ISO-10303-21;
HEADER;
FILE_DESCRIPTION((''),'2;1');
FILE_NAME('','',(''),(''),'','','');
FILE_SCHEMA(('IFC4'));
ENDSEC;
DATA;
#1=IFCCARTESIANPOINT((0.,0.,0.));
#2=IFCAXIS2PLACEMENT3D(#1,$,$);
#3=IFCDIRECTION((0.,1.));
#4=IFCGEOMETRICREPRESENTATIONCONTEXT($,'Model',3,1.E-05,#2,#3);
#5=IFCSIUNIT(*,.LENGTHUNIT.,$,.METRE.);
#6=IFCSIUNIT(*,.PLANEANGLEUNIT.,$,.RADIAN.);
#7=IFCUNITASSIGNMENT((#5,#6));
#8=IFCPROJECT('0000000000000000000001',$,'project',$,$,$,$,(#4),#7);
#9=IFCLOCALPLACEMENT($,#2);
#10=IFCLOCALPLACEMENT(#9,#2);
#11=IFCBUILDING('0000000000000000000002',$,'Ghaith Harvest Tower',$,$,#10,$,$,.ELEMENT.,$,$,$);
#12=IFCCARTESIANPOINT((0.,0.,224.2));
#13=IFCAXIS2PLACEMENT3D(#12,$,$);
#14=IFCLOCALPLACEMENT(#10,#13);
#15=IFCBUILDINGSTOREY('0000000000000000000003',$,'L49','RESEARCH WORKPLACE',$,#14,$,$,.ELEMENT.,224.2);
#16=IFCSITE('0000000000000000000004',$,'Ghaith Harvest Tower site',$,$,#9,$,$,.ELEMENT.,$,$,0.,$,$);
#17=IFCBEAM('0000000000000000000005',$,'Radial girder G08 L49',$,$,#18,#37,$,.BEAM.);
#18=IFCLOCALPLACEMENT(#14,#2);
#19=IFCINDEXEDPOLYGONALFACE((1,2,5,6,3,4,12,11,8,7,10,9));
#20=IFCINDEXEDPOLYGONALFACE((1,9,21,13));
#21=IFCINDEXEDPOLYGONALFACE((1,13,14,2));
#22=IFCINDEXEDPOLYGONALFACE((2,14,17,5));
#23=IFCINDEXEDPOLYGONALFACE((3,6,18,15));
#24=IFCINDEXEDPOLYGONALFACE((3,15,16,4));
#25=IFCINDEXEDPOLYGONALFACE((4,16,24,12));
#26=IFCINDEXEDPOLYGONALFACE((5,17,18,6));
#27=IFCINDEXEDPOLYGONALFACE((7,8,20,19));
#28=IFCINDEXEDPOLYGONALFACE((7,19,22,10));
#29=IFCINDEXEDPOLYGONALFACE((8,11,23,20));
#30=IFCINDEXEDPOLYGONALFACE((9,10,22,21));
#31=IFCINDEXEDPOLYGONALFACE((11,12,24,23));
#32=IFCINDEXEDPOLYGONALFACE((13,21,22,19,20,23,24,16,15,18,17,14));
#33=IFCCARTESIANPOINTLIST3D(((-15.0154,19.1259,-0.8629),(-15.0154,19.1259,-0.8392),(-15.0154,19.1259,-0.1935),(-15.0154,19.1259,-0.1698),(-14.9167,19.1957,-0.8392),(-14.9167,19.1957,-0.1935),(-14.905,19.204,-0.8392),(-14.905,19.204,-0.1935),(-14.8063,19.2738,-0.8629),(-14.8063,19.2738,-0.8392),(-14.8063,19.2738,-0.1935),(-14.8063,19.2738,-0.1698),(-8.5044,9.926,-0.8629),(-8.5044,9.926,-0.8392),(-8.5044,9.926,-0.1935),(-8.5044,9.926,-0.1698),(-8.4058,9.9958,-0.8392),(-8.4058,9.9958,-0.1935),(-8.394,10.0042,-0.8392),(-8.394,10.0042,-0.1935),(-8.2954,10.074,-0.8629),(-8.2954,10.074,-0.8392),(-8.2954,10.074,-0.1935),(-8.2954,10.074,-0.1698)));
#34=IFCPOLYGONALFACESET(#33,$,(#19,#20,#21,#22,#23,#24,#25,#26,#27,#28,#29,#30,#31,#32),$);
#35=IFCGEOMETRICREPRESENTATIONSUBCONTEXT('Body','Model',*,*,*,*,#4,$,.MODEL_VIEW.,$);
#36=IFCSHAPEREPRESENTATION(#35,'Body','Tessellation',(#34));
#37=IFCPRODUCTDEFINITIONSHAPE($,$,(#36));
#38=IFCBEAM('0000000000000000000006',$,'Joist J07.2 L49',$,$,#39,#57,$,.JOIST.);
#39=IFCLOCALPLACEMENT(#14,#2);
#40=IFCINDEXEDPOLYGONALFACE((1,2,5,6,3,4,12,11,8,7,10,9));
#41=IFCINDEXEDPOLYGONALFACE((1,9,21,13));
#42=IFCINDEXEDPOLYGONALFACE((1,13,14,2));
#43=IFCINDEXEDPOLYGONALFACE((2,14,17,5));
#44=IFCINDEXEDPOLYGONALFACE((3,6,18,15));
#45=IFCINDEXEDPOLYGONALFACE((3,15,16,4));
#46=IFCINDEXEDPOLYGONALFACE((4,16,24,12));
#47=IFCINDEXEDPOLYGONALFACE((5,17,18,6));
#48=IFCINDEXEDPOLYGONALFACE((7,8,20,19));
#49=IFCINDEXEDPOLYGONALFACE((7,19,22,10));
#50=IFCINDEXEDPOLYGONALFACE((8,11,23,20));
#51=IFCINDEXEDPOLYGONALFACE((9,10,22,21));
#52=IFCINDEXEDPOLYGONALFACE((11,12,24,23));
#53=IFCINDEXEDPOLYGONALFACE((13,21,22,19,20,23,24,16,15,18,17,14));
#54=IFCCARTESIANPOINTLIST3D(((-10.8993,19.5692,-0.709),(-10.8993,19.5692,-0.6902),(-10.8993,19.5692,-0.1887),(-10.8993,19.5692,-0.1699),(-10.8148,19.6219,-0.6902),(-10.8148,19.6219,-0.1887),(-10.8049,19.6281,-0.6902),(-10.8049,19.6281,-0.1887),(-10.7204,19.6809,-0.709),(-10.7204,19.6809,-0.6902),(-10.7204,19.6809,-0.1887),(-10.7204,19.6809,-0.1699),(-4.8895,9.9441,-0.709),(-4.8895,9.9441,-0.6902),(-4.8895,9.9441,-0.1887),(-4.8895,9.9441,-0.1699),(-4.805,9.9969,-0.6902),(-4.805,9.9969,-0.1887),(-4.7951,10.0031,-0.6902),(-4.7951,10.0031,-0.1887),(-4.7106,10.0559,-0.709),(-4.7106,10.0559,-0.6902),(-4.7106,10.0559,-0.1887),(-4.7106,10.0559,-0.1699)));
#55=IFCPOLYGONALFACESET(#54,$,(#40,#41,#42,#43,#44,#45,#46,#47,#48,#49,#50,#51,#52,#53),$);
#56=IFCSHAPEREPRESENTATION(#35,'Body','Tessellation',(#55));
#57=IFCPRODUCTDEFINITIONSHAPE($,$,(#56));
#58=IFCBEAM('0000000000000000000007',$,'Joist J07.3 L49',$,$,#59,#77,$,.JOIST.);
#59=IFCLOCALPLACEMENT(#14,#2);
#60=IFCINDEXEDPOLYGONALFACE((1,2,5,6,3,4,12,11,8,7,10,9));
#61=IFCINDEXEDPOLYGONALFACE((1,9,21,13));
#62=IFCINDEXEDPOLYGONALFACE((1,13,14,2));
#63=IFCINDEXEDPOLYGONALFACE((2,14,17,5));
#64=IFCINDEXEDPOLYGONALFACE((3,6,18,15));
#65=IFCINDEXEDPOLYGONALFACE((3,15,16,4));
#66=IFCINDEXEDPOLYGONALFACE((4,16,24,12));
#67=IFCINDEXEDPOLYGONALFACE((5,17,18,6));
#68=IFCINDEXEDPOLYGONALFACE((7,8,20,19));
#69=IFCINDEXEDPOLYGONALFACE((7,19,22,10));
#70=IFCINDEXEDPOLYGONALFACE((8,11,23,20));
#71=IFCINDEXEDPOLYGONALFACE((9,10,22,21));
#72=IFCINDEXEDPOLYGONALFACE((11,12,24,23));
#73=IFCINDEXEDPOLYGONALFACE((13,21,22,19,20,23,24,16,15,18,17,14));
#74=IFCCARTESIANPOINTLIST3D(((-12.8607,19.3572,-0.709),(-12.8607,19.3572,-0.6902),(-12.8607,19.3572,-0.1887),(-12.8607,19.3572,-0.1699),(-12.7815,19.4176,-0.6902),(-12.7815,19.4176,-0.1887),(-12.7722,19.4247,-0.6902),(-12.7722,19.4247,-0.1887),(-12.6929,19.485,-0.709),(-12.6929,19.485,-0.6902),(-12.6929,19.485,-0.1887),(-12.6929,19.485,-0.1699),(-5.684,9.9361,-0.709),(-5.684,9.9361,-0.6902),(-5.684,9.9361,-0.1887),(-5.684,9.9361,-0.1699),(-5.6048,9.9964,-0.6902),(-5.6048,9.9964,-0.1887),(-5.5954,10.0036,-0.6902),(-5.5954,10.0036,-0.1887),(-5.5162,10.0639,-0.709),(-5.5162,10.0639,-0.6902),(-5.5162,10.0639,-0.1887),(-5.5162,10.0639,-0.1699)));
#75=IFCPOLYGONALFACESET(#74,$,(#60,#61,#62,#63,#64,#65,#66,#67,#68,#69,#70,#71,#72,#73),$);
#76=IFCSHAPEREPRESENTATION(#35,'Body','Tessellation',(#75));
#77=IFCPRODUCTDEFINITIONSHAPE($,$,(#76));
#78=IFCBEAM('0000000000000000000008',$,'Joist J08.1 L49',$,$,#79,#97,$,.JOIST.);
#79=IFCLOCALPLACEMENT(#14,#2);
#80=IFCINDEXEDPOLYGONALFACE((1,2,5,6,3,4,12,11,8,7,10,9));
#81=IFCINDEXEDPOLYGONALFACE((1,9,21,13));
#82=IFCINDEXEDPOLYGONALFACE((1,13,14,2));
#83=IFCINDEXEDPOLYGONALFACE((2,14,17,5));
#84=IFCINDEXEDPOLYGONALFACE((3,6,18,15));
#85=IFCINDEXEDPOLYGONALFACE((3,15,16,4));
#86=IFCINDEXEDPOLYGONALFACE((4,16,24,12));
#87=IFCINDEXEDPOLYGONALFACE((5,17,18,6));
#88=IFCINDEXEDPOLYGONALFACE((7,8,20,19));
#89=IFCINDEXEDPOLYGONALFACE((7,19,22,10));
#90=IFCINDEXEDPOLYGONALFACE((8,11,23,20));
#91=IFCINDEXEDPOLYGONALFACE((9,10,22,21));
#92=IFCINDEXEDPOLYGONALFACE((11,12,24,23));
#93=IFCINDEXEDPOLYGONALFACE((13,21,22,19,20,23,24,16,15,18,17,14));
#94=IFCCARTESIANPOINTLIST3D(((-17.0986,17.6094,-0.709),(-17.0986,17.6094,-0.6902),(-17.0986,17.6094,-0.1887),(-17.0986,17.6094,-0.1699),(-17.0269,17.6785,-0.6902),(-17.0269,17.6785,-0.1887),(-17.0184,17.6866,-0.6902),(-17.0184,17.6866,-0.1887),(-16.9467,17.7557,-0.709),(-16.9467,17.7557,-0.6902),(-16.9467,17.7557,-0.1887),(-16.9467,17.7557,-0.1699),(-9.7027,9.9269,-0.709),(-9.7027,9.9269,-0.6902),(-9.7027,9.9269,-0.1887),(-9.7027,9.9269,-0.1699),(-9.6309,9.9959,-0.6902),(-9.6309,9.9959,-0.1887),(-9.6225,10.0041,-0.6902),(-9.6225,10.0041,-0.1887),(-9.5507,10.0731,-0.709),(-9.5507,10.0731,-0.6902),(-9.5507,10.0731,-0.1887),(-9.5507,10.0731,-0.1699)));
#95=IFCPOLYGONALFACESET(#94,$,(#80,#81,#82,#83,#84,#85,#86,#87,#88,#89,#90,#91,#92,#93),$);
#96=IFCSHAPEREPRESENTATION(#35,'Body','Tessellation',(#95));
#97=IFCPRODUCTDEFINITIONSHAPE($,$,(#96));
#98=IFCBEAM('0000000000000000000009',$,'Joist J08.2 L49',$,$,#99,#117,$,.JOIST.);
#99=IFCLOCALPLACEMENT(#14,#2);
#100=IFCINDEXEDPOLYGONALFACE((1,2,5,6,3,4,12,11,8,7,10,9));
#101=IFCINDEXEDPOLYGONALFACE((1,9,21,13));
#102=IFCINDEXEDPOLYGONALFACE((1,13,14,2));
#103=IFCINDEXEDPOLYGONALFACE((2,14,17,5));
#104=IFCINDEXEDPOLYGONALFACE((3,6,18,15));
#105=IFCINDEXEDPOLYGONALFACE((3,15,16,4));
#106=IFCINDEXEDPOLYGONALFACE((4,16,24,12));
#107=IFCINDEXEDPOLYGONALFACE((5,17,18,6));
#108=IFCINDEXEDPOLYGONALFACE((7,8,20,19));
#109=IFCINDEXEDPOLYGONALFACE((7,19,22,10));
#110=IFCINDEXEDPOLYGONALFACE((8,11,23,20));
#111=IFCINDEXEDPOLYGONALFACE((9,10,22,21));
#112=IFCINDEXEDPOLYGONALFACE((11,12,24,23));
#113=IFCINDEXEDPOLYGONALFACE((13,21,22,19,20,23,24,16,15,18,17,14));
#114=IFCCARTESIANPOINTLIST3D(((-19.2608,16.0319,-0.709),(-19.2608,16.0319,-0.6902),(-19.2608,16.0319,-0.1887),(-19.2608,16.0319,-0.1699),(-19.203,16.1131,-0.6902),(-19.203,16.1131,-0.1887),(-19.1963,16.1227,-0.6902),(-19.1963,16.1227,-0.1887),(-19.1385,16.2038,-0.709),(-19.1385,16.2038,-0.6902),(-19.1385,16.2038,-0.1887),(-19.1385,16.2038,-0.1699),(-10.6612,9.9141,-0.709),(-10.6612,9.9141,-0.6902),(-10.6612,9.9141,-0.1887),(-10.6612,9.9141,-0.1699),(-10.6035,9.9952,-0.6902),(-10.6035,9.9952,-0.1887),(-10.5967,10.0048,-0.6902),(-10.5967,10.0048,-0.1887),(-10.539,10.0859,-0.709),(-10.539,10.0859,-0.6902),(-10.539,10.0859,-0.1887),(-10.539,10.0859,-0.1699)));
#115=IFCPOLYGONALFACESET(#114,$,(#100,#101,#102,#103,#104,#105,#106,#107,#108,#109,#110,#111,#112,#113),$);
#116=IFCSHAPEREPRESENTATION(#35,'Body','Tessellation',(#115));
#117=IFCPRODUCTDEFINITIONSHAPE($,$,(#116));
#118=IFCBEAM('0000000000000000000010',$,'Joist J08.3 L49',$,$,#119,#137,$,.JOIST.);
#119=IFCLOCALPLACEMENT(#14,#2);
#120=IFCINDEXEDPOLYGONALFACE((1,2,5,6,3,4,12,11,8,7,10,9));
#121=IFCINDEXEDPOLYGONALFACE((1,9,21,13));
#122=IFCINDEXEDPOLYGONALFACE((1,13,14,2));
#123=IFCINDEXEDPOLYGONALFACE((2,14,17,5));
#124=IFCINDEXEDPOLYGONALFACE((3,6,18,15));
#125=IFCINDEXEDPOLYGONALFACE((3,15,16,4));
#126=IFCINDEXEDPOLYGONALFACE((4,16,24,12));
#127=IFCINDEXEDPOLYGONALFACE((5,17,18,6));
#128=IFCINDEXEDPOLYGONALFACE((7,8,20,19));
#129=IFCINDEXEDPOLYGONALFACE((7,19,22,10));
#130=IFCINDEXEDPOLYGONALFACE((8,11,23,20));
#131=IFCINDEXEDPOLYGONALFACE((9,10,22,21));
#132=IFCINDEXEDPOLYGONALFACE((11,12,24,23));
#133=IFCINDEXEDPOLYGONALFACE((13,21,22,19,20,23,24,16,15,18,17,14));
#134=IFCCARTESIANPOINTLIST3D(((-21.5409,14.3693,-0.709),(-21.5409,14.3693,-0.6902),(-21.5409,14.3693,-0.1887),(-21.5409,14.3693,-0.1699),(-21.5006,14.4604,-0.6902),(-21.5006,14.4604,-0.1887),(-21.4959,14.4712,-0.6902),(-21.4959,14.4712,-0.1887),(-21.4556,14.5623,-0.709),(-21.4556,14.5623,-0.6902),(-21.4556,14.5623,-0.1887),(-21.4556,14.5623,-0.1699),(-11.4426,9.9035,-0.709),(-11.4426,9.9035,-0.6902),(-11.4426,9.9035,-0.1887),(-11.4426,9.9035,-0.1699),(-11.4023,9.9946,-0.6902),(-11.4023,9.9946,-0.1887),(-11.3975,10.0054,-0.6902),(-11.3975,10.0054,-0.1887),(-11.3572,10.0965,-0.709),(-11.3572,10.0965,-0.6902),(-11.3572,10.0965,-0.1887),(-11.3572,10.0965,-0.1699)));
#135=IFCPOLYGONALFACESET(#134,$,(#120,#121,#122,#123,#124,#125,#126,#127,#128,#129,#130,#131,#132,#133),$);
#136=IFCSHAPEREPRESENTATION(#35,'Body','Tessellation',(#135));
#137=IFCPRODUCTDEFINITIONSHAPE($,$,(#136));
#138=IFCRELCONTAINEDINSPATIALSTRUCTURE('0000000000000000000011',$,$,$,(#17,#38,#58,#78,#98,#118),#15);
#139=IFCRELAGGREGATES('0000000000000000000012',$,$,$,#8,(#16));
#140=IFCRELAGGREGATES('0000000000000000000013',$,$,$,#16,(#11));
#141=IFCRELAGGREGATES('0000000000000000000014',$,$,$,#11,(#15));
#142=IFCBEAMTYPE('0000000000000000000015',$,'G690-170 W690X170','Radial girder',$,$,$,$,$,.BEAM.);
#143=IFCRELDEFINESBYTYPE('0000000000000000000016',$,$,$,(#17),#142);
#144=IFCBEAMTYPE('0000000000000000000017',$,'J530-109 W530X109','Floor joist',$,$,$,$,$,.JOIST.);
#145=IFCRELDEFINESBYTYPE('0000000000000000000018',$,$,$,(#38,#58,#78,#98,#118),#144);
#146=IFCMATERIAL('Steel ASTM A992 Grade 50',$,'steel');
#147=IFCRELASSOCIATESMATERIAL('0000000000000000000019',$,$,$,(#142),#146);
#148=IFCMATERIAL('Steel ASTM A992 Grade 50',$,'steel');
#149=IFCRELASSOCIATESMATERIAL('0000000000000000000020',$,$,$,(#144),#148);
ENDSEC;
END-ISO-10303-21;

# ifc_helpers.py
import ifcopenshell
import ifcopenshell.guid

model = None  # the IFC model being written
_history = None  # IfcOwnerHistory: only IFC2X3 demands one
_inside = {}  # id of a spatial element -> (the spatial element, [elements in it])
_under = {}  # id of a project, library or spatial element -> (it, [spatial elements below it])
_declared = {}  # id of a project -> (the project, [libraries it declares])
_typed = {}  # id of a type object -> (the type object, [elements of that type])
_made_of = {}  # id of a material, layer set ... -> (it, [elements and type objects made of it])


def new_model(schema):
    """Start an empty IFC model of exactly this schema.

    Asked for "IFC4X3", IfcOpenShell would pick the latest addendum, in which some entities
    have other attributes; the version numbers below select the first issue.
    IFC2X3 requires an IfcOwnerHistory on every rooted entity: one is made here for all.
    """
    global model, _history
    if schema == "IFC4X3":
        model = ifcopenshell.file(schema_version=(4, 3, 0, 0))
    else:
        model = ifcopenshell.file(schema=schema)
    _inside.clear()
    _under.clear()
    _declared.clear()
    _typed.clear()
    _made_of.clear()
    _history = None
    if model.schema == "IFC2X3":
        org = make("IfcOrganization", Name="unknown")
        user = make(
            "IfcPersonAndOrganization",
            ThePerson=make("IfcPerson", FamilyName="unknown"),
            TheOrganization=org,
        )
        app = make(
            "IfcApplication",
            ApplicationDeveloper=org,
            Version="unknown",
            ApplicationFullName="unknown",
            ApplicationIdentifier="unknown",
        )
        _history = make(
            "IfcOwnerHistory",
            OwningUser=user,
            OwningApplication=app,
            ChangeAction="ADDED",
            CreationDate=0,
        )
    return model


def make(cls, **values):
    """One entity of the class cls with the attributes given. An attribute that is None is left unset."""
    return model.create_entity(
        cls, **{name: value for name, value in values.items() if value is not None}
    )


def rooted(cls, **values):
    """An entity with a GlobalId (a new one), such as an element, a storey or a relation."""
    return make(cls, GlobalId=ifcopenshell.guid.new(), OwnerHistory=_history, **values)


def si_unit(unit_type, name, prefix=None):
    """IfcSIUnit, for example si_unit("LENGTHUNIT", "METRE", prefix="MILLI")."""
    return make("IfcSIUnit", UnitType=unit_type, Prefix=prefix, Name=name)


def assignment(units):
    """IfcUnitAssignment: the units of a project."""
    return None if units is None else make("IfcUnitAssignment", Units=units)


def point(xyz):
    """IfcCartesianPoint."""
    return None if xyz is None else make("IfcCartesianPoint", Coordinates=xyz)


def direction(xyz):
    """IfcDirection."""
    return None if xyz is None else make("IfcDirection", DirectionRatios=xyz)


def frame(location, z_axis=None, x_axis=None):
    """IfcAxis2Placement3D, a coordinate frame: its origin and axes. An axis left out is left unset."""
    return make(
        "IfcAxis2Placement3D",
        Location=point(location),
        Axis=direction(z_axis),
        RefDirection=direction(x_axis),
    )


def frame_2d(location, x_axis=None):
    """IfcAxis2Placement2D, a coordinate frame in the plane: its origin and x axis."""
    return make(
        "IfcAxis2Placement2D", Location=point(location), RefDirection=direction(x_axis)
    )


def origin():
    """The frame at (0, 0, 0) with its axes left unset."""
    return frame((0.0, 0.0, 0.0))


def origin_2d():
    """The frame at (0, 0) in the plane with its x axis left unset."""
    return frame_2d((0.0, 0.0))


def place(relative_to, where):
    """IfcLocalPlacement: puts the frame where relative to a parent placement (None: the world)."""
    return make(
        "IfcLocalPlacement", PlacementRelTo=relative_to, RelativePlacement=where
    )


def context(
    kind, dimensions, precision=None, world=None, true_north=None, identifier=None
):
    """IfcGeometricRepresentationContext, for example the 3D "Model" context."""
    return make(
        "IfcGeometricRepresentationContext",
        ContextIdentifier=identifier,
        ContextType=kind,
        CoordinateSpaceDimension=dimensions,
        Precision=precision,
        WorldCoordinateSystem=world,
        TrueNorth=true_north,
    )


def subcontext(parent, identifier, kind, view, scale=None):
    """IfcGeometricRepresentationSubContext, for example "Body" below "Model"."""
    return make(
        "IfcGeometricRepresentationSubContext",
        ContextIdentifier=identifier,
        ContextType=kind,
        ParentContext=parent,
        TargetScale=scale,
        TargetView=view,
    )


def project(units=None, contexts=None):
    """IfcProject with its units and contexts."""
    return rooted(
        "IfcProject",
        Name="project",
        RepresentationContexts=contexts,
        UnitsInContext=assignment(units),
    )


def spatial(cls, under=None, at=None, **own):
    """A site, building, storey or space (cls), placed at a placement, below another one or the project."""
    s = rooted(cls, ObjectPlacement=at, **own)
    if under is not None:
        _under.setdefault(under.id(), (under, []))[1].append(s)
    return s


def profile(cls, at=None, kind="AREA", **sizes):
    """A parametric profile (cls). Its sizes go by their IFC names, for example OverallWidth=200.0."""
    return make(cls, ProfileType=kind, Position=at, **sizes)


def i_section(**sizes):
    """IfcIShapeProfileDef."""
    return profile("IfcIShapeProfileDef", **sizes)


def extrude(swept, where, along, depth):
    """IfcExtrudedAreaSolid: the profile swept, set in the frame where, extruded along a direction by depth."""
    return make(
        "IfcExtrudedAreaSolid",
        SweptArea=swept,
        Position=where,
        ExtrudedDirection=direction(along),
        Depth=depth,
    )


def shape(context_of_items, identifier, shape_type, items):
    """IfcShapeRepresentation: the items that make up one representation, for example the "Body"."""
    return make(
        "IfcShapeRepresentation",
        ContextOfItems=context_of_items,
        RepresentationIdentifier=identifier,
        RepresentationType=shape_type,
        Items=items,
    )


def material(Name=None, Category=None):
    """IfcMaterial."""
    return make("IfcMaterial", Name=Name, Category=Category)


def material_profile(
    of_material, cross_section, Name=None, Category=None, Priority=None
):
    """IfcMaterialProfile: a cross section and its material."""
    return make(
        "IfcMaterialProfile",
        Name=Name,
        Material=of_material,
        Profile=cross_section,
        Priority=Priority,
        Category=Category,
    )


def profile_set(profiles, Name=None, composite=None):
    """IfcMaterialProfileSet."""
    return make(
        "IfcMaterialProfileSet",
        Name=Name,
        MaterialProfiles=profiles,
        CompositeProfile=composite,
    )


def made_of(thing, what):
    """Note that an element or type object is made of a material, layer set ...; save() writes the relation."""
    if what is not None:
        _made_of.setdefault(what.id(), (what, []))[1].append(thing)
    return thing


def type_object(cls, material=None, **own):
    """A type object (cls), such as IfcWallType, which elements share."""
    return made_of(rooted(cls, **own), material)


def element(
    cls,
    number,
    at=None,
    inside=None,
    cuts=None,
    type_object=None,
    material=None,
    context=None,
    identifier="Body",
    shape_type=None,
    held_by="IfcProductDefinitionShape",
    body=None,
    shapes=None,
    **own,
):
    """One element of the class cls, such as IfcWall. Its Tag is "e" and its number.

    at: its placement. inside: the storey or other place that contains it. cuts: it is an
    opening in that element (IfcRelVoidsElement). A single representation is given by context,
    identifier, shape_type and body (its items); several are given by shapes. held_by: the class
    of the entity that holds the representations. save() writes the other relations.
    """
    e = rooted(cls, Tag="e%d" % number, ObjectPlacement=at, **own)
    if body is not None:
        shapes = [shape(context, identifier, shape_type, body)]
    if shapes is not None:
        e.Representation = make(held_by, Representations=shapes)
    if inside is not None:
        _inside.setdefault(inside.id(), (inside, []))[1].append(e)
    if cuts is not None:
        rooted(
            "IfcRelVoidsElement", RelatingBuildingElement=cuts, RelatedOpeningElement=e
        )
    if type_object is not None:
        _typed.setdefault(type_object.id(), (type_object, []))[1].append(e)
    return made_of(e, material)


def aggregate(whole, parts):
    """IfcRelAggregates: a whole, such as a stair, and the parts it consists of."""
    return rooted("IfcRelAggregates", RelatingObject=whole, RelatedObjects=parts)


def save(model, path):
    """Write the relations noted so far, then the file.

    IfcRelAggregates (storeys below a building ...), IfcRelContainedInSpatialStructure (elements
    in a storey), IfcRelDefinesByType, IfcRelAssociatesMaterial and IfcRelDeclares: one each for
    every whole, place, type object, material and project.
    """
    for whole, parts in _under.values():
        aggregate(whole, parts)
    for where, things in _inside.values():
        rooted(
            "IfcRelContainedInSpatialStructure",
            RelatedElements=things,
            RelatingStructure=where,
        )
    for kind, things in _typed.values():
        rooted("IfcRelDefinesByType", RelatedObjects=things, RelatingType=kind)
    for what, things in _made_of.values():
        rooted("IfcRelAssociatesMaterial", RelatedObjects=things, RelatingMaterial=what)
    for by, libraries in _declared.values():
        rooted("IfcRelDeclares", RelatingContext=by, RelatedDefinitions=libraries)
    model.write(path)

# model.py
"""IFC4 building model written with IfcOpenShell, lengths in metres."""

from ifc_helpers import new_model, si_unit, direction, frame, origin, origin_2d, place, context, subcontext, project, spatial, i_section, extrude, material, material_profile, profile_set, type_object, element, save


model = new_model("IFC4")

# Units and contexts
model_context = context("Model", 3, precision=1e-05, world=origin(), true_north=direction((0.0, 1.0)))
body_context = subcontext(model_context, "Body", "Model", "MODEL_VIEW")
ifc_project = project(units=[si_unit("LENGTHUNIT", "METRE"), si_unit("PLANEANGLEUNIT", "RADIAN")], contexts=[model_context])

# Site, building, storey
site_placement = place(None, origin())
site = spatial("IfcSite", under=ifc_project, at=site_placement, Name="Ghaith Harvest Tower site", CompositionType="ELEMENT", RefElevation=0.0)
building_placement = place(site_placement, origin())
building = spatial("IfcBuilding", under=site, at=building_placement, Name="Ghaith Harvest Tower", CompositionType="ELEMENT")
storey_placement = place(building_placement, frame((0.0, 0.0, 224.2)))
storey = spatial("IfcBuildingStorey", under=building, at=storey_placement, Name="L49", Description="RESEARCH WORKPLACE", CompositionType="ELEMENT", Elevation=224.2)

# Beams
ifc_material_1 = material(Name="Steel ASTM A992 Grade 50", Category="steel")
ifc_material_profile_1 = material_profile(ifc_material_1, i_section(OverallWidth=0.2561, OverallDepth=0.6931, WebThickness=0.0144, FlangeThickness=0.0237, at=origin_2d()), Name="W690X170")
ifc_profile_set_1 = profile_set([ifc_material_profile_1], Name="Steel ASTM A992 Grade 50")
beam_type_1 = type_object("IfcBeamType", Name="G690-170 W690X170", Description="Radial girder", PredefinedType="BEAM", material=ifc_profile_set_1)
beam_1_placement = place(storey_placement, frame((-8.3999, 10.0, -0.5164), z_axis=(-0.577684, 0.816261, 0.0), x_axis=(-0.816261, -0.577684, 0.0)))
element("IfcBeam", 1, at=beam_1_placement, inside=storey, type_object=beam_type_1, Name="Radial girder G08 L49", PredefinedType="BEAM", context=body_context, shape_type="SweptSolid", body=[
    extrude(i_section(OverallWidth=0.2561, OverallDepth=0.6931, WebThickness=0.0144, FlangeThickness=0.0237, at=origin_2d()), origin(), (0.0, 0.0, 1.0), 11.2708),
])
ifc_material_2 = material(Name="Steel ASTM A992 Grade 50", Category="steel")
ifc_material_profile_2 = material_profile(ifc_material_2, i_section(OverallWidth=0.2109, OverallDepth=0.5391, WebThickness=0.0117, FlangeThickness=0.0188, at=origin_2d()), Name="W530X109")
ifc_profile_set_2 = profile_set([ifc_material_profile_2], Name="Steel ASTM A992 Grade 50")
beam_type_2 = type_object("IfcBeamType", Name="J530-109 W530X109", Description="Floor joist", PredefinedType="JOIST", material=ifc_profile_set_2)
beam_2_placement = place(storey_placement, frame((-4.8, 10.0, -0.4395), z_axis=(-0.529628, 0.84823, 0.0), x_axis=(-0.84823, -0.529628, 0.0)))
element("IfcBeam", 2, at=beam_2_placement, inside=storey, type_object=beam_type_2, Name="Joist J07.2 L49", PredefinedType="JOIST", context=body_context, shape_type="SweptSolid", body=[
    extrude(i_section(OverallWidth=0.2109, OverallDepth=0.5391, WebThickness=0.0117, FlangeThickness=0.0188, at=origin_2d()), origin(), (0.0, 0.0, 1.0), 11.3472),
])
beam_3_placement = place(storey_placement, frame((-5.6001, 10.0, -0.4395), z_axis=(-0.605976, 0.795483, 0.0), x_axis=(-0.795483, -0.605976, 0.0)))
element("IfcBeam", 3, at=beam_3_placement, inside=storey, type_object=beam_type_2, Name="Joist J07.3 L49", PredefinedType="JOIST", context=body_context, shape_type="SweptSolid", body=[
    extrude(i_section(OverallWidth=0.2109, OverallDepth=0.5391, WebThickness=0.0117, FlangeThickness=0.0188, at=origin_2d()), origin(), (0.0, 0.0, 1.0), 11.8433),
])
beam_4_placement = place(storey_placement, frame((-9.6267, 10.0, -0.4395), z_axis=(-0.69354, 0.720418, 0.0), x_axis=(-0.720418, -0.69354, 0.0)))
element("IfcBeam", 4, at=beam_4_placement, inside=storey, type_object=beam_type_2, Name="Joist J08.1 L49", PredefinedType="JOIST", context=body_context, shape_type="SweptSolid", body=[
    extrude(i_section(OverallWidth=0.2109, OverallDepth=0.5391, WebThickness=0.0117, FlangeThickness=0.0188, at=origin_2d()), origin(), (0.0, 0.0, 1.0), 10.6641),
])
beam_5_placement = place(storey_placement, frame((-10.6001, 10.0, -0.4395), z_axis=(-0.814837, 0.57969, 0.0), x_axis=(-0.57969, -0.814837, 0.0)))
element("IfcBeam", 5, at=beam_5_placement, inside=storey, type_object=beam_type_2, Name="Joist J08.2 L49", PredefinedType="JOIST", context=body_context, shape_type="SweptSolid", body=[
    extrude(i_section(OverallWidth=0.2109, OverallDepth=0.5391, WebThickness=0.0117, FlangeThickness=0.0188, at=origin_2d()), origin(), (0.0, 0.0, 1.0), 10.5537),
])
beam_6_placement = place(storey_placement, frame((-11.3999, 10.0, -0.4395), z_axis=(-0.914561, 0.404447, 0.0), x_axis=(-0.404447, -0.914561, 0.0)))
element("IfcBeam", 6, at=beam_6_placement, inside=storey, type_object=beam_type_2, Name="Joist J08.3 L49", PredefinedType="JOIST", context=body_context, shape_type="SweptSolid", body=[
    extrude(i_section(OverallWidth=0.2109, OverallDepth=0.5391, WebThickness=0.0117, FlangeThickness=0.0188, at=origin_2d()), origin(), (0.0, 0.0, 1.0), 11.0417),
])

save(model, "model.ifc")
